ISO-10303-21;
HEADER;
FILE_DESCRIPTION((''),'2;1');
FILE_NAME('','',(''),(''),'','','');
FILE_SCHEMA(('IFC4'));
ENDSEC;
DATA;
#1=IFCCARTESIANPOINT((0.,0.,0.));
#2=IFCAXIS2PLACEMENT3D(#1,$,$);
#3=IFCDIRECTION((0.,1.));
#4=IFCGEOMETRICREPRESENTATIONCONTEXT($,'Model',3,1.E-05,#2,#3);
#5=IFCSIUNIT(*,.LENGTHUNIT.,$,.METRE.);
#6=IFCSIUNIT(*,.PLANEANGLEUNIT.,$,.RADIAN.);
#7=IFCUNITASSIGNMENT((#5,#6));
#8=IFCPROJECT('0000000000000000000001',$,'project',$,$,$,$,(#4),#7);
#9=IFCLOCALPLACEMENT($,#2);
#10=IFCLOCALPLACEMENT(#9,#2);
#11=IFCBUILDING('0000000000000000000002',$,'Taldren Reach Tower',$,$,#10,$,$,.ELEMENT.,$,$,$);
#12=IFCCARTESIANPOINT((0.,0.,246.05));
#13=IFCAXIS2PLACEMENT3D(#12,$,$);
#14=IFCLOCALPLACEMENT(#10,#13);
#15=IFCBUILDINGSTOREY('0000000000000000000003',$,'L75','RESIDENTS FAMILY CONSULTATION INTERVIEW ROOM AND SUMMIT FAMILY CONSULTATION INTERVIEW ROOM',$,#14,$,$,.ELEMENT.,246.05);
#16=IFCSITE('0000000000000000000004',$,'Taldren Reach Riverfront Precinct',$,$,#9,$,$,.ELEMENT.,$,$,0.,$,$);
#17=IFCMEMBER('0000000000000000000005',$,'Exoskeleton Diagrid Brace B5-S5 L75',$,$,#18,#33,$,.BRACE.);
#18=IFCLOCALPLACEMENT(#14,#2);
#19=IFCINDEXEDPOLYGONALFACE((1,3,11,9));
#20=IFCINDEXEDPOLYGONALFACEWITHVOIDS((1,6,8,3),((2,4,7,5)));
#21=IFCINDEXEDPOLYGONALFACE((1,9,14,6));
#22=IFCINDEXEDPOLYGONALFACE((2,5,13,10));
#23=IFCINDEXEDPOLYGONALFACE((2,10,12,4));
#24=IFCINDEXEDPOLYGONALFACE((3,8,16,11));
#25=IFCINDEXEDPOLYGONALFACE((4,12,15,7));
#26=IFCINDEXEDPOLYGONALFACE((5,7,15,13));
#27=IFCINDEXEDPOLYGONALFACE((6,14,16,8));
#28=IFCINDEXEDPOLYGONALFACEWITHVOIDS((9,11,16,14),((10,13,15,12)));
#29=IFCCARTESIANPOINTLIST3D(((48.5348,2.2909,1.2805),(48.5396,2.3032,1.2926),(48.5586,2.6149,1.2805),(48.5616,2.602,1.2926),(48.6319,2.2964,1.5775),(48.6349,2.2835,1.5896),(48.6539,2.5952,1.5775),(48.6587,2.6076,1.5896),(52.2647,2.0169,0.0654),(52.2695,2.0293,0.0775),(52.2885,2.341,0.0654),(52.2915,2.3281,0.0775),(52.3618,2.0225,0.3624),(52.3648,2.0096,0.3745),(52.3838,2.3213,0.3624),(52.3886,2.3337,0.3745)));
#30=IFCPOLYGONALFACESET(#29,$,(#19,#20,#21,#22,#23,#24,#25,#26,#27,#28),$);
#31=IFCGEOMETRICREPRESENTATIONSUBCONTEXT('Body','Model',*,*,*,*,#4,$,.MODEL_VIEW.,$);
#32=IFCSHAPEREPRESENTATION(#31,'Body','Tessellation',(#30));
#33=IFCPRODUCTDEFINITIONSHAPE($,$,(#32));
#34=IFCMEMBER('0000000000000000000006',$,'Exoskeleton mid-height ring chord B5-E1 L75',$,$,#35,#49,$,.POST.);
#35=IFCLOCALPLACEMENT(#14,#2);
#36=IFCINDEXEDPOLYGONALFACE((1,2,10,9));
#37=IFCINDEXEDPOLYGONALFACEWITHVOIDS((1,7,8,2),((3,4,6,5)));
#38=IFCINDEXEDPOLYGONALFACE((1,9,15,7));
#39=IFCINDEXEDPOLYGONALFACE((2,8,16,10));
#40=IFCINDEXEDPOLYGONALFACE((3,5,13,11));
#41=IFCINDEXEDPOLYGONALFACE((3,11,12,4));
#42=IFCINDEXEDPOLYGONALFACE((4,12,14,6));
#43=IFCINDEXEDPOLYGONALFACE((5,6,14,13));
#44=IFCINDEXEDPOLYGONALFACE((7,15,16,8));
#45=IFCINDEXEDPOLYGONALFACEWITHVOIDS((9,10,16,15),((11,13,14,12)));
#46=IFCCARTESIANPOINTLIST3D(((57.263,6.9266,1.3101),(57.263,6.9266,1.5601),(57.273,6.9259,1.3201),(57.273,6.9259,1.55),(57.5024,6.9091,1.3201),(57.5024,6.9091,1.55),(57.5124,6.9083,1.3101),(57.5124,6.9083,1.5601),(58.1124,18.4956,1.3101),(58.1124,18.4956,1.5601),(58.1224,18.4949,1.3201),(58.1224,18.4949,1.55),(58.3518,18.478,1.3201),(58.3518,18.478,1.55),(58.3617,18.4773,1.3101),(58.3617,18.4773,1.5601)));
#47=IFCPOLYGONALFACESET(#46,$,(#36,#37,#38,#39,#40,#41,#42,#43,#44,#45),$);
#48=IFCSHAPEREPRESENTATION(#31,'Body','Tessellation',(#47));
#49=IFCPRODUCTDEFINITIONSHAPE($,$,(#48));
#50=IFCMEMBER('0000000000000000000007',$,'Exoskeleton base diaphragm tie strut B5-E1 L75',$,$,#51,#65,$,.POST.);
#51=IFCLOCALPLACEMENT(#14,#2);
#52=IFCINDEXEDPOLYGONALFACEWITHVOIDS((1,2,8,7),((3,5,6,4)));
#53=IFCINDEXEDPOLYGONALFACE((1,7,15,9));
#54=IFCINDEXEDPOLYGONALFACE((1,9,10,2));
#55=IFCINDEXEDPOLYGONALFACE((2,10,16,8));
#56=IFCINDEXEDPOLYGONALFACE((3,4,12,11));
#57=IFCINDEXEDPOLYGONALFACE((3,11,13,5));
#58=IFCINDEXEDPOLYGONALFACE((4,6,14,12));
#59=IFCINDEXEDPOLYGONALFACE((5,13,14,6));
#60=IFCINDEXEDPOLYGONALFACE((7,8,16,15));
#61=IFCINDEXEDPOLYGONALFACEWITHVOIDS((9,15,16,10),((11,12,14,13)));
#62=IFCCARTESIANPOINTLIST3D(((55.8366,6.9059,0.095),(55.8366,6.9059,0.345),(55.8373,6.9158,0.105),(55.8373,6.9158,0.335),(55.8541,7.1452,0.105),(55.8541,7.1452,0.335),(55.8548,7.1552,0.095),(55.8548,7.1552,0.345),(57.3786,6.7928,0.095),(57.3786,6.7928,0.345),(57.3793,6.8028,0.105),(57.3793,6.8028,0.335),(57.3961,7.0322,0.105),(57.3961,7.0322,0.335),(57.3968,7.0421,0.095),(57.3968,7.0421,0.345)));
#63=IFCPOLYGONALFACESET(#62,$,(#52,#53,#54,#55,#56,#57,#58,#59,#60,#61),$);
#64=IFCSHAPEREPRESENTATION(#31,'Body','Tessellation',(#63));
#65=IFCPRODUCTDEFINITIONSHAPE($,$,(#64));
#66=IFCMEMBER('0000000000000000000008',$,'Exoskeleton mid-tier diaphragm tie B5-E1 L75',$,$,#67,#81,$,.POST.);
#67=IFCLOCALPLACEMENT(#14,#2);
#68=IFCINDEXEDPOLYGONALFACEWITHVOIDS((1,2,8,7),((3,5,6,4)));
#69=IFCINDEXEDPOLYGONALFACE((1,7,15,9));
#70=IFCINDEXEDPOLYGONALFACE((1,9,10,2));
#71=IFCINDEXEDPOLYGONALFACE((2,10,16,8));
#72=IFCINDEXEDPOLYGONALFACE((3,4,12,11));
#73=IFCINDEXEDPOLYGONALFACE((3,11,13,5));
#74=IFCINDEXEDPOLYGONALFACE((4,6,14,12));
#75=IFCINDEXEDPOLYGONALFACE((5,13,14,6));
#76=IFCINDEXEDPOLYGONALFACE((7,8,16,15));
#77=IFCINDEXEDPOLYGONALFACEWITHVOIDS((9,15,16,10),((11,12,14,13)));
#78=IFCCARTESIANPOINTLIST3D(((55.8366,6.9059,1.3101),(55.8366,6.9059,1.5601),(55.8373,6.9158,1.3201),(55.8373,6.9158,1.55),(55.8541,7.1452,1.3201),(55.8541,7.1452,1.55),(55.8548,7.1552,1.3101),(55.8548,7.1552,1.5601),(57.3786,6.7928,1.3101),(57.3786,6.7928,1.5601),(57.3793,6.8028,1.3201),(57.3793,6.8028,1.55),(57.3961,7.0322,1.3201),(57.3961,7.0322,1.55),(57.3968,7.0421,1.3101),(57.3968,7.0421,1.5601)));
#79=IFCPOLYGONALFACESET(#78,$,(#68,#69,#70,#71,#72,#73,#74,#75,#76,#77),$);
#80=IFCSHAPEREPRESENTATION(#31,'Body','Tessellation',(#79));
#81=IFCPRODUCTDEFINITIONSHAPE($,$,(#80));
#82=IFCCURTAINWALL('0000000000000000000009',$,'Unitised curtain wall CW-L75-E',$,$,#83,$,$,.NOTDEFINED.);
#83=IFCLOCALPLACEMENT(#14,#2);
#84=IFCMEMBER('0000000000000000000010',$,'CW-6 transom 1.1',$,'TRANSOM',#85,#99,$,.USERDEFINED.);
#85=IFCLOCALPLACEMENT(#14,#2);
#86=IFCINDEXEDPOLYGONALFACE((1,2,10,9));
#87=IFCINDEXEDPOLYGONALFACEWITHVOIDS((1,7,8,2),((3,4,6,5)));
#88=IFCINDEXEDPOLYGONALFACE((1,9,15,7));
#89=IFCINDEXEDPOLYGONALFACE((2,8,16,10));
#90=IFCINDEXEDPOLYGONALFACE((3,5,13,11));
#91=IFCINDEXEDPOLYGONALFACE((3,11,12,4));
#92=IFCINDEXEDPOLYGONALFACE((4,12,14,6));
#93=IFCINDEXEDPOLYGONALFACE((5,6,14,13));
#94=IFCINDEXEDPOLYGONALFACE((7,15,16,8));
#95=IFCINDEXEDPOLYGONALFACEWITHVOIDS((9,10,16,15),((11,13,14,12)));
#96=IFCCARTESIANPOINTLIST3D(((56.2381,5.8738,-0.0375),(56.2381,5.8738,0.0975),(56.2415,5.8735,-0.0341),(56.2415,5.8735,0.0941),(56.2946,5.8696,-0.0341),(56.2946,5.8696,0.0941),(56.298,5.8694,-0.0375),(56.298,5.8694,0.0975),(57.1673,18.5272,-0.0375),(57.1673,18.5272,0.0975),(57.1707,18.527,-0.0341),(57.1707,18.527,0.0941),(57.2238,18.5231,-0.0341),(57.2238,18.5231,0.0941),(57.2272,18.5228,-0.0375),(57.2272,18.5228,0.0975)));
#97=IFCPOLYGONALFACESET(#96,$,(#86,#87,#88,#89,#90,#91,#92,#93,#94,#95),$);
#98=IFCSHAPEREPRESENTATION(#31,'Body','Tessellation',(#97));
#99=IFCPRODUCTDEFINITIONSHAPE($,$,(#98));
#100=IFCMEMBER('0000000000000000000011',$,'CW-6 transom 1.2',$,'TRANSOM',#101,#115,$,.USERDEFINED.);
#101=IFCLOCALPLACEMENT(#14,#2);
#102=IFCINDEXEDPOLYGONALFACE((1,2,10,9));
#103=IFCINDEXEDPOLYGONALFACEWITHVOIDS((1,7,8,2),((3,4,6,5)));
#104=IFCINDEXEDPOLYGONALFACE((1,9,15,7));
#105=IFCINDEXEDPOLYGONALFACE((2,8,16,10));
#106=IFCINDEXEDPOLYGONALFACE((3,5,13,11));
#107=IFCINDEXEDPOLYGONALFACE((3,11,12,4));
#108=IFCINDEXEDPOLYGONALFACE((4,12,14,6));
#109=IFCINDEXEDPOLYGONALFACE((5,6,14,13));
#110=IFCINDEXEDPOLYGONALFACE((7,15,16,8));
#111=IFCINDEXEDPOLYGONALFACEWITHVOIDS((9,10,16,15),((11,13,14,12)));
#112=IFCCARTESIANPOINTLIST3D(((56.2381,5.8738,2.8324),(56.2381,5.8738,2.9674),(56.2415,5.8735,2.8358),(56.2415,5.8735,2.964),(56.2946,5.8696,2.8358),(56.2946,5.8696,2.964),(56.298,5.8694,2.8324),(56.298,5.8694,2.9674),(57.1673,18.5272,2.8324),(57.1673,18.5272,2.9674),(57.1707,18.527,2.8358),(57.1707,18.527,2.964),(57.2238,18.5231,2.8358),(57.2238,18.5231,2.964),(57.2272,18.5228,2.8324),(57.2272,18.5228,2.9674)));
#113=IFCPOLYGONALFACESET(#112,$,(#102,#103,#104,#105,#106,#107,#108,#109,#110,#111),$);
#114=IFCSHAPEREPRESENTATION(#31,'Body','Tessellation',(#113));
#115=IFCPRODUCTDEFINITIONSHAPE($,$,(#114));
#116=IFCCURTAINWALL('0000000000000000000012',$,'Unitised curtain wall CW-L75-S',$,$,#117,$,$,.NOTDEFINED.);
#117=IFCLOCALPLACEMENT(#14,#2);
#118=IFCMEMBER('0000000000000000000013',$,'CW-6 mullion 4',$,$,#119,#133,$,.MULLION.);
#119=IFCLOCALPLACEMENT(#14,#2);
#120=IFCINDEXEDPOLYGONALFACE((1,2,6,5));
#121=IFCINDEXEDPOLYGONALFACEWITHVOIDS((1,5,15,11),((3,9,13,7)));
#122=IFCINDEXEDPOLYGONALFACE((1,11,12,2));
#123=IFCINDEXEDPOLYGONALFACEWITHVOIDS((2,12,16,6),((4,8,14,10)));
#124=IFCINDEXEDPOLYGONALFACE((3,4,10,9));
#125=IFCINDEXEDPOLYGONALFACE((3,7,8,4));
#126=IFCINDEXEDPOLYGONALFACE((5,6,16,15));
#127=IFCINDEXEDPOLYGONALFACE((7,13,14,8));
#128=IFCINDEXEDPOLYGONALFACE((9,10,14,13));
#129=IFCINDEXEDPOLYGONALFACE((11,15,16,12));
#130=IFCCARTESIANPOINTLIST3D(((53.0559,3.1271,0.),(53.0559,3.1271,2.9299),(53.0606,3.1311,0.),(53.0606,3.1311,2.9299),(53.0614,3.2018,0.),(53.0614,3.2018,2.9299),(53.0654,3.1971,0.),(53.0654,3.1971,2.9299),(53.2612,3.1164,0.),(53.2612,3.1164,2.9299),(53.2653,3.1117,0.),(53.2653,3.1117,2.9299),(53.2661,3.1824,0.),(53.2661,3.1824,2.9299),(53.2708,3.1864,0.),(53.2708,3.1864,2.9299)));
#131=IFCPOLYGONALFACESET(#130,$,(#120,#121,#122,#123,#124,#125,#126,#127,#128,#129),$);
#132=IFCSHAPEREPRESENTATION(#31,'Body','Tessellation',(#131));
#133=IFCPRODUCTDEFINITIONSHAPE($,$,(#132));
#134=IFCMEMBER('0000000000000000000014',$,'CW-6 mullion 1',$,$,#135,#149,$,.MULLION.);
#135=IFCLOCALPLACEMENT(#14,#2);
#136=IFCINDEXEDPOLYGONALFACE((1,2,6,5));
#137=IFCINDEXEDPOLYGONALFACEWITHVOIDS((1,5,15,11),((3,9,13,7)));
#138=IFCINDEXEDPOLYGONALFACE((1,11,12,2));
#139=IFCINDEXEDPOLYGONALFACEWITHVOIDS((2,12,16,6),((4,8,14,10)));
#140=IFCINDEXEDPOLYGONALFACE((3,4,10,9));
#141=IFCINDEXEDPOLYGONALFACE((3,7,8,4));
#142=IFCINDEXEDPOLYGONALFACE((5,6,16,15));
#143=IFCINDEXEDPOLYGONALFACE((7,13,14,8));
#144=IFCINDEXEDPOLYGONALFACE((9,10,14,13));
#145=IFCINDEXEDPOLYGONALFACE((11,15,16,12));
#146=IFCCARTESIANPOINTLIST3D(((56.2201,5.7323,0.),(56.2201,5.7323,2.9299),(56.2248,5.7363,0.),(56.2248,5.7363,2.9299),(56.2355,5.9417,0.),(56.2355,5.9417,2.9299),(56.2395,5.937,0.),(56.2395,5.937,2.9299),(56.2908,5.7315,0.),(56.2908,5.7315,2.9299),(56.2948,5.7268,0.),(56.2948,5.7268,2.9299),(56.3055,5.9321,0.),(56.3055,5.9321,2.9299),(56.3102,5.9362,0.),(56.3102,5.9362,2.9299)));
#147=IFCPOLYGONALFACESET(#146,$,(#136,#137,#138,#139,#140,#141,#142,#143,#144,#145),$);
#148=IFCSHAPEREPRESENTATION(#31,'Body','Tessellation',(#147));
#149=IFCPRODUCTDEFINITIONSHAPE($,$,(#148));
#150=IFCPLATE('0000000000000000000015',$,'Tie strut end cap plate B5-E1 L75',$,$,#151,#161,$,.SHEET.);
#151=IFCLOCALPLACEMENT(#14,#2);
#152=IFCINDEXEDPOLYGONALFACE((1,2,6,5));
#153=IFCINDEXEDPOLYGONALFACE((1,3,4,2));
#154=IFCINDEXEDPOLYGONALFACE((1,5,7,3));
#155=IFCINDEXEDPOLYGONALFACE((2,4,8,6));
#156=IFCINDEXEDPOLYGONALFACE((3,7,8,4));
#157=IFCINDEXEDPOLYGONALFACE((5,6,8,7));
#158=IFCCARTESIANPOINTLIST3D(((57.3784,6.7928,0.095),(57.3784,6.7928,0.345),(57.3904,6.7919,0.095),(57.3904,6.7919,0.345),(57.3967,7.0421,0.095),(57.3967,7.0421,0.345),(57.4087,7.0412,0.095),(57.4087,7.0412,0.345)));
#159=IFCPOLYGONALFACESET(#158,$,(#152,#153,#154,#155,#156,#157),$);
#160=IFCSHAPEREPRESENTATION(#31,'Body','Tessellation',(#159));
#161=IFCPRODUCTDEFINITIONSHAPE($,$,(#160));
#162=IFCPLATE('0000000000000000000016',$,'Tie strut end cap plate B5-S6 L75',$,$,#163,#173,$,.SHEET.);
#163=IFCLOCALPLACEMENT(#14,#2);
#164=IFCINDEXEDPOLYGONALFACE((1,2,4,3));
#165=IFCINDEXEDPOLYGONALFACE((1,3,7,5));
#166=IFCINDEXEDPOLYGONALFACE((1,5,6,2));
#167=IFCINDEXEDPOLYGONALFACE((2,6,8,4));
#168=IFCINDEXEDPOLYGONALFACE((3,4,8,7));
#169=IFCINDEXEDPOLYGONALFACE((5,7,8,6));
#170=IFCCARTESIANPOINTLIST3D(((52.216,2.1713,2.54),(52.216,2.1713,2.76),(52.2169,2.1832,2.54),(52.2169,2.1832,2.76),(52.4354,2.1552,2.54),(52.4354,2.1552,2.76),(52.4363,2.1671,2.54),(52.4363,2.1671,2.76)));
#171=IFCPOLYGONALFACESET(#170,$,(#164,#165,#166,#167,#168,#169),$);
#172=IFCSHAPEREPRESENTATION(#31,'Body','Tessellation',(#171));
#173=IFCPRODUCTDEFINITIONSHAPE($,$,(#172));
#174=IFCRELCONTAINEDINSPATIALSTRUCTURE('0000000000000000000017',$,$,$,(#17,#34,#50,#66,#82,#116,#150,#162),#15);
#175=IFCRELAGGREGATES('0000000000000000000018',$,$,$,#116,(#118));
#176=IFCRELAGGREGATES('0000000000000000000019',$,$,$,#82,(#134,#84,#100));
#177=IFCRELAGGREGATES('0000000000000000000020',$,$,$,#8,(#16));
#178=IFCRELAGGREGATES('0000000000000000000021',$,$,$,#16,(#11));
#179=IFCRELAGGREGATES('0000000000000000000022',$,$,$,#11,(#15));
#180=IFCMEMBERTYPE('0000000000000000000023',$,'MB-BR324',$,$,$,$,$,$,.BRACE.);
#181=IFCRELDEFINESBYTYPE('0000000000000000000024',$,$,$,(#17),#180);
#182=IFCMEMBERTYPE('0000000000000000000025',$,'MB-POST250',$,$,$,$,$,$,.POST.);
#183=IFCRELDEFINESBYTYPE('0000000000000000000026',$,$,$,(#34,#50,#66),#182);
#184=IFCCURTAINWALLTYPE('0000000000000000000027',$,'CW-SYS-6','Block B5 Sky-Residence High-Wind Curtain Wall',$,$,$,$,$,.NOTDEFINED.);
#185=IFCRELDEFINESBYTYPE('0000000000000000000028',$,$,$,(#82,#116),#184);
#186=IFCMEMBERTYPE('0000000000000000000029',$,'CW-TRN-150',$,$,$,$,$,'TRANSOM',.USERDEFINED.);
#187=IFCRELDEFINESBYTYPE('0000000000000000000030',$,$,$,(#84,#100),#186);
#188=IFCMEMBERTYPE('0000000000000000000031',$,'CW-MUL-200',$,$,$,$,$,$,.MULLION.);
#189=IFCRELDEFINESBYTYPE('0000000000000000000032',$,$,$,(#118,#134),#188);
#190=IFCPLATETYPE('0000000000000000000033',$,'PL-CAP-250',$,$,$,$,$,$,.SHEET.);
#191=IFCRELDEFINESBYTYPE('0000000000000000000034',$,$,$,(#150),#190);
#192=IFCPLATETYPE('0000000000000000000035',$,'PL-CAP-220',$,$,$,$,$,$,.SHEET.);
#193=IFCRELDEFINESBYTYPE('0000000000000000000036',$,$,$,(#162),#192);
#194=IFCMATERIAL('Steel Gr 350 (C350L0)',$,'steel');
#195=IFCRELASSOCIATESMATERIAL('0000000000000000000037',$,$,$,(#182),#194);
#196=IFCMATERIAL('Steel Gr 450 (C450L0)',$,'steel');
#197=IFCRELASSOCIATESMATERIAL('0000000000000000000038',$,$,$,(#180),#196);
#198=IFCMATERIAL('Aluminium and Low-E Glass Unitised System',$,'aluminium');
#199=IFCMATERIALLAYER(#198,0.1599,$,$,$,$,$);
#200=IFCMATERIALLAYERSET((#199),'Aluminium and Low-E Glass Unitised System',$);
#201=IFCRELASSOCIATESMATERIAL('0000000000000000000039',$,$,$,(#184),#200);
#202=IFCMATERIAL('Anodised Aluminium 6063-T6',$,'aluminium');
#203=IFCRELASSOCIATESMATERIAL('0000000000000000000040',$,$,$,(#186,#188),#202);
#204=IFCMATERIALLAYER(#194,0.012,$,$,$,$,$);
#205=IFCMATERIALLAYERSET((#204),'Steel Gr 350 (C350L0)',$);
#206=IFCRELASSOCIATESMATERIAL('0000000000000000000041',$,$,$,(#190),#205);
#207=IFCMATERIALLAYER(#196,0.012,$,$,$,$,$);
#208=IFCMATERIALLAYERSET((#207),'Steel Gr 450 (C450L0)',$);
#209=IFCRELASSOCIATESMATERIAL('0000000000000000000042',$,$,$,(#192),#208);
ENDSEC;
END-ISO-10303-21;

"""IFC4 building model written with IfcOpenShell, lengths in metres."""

from ifc_helpers import new_model, si_unit, direction, frame, origin, origin_2d, place, context, subcontext, project, spatial, rectangle, hollow_rectangle, extrude, source, transform, mapped, material, layer, layer_set, material_profile, profile_set, type_object, element, aggregate, save


model = new_model("IFC4")

# Units and contexts
model_context = context("Model", 3, precision=1e-05, world=origin(), true_north=direction((0.0, 1.0)))
body_context = subcontext(model_context, "Body", "Model", "MODEL_VIEW")
ifc_project = project(units=[si_unit("LENGTHUNIT", "METRE"), si_unit("PLANEANGLEUNIT", "RADIAN")], contexts=[model_context])

# Site, building, storey
site_placement = place(None, origin())
site = spatial("IfcSite", under=ifc_project, at=site_placement, Name="Taldren Reach Riverfront Precinct", CompositionType="ELEMENT", RefElevation=0.0)
building_placement = place(site_placement, origin())
building = spatial("IfcBuilding", under=site, at=building_placement, Name="Taldren Reach Tower", CompositionType="ELEMENT")
storey_placement = place(building_placement, frame((0.0, 0.0, 246.05)))
storey = spatial("IfcBuildingStorey", under=building, at=storey_placement, Name="L75", Description="RESIDENTS FAMILY CONSULTATION INTERVIEW ROOM AND SUMMIT FAMILY CONSULTATION INTERVIEW ROOM", CompositionType="ELEMENT", Elevation=246.05)

# Shared definitions
ifc_material_1 = material(Name="Steel Gr 350 (C350L0)", Category="steel")

# Shared definitions
ifc_material_profile_1 = material_profile(ifc_material_1, hollow_rectangle(XDim=0.25, YDim=0.25, WallThickness=0.01, at=origin_2d()), Name="250x250x10.0SHS")
ifc_profile_set_1 = profile_set([ifc_material_profile_1], Name="Steel Gr 350 (C350L0)")
member_type_1 = type_object("IfcMemberType", Name="MB-POST250", PredefinedType="POST", material=ifc_profile_set_1)
ifc_material_2 = material(Name="Steel Gr 450 (C450L0)", Category="steel")

# Members
ifc_material_profile_2 = material_profile(ifc_material_2, hollow_rectangle(XDim=0.325, YDim=0.325, WallThickness=0.0127, at=origin_2d()), Name="325x325x12.7SHS")
ifc_profile_set_2 = profile_set([ifc_material_profile_2], Name="Steel Gr 450 (C450L0)")
member_type_2 = type_object("IfcMemberType", Name="MB-BR324", PredefinedType="BRACE", material=ifc_profile_set_2)
shared_shape_1 = source(origin(), body_context, "Body", "SweptSolid", [
    extrude(hollow_rectangle(XDim=0.325, YDim=0.325, WallThickness=0.0127, at=origin_2d()), origin(), (0.0, 0.0, 1.0), 3.9324),
])
member_1_placement = place(storey_placement, frame((52.3267, 2.1753, 0.22), z_axis=(-0.948511, 0.069658, 0.308989), x_axis=(-0.073242, -0.997314, 0.0)))
element("IfcMember", 1, at=member_1_placement, inside=storey, type_object=member_type_2, Name="Exoskeleton Diagrid Brace B5-S5 L75", PredefinedType="BRACE", context=body_context, shape_type="MappedRepresentation", body=[
    mapped(shared_shape_1, transform((0.0, 0.0, 0.0), scale=1.0)),
])
shared_shape_2 = source(origin(), body_context, "Body", "SweptSolid", [
    extrude(hollow_rectangle(XDim=0.25, YDim=0.25, WallThickness=0.01, at=origin_2d()), origin(), (0.0, 0.0, 1.0), 11.6001),
])
member_2_placement = place(storey_placement, frame((57.3877, 6.9175, 1.4351), z_axis=(0.073221, 0.997316, 0.0), x_axis=(-0.997316, 0.073221, 0.0)))
element("IfcMember", 2, at=member_2_placement, inside=storey, type_object=member_type_1, Name="Exoskeleton mid-height ring chord B5-E1 L75", PredefinedType="POST", context=body_context, shape_type="MappedRepresentation", body=[
    mapped(shared_shape_2, transform((0.0, 0.0, 0.0), scale=1.0)),
])
shared_shape_3 = source(origin(), body_context, "Body", "SweptSolid", [
    extrude(hollow_rectangle(XDim=0.25, YDim=0.25, WallThickness=0.01, at=origin_2d()), origin(), (0.0, 0.0, 1.0), 1.5461),
])
for number, where, z_axis, x_axis, name in (
    (3, (55.8457, 7.0305, 0.22), (0.997324, -0.07311, 0.0), (0.07311, 0.997324, 0.0), "Exoskeleton base diaphragm tie strut B5-E1 L75"),
    (4, (55.8457, 7.0305, 1.4351), (0.997324, -0.07311, 0.0), (0.07311, 0.997324, 0.0), "Exoskeleton mid-tier diaphragm tie B5-E1 L75"),
):
    element("IfcMember", number, at=place(storey_placement, frame(where, z_axis=z_axis, x_axis=x_axis)), inside=storey, type_object=member_type_1, Name=name, PredefinedType="POST", context=body_context, shape_type="MappedRepresentation", body=[
        mapped(shared_shape_3, transform((0.0, 0.0, 0.0), scale=1.0)),
    ])

# Curtain wall, members
ifc_material_3 = material(Name="Aluminium and Low-E Glass Unitised System", Category="aluminium")
ifc_layer_1 = layer(ifc_material_3, 0.1599)
ifc_layer_set_1 = layer_set([ifc_layer_1], Name="Aluminium and Low-E Glass Unitised System")
curtain_wall_type = type_object("IfcCurtainWallType", Name="CW-SYS-6", Description="Block B5 Sky-Residence High-Wind Curtain Wall", PredefinedType="NOTDEFINED", material=ifc_layer_set_1)
curtain_wall_1_placement = place(storey_placement, origin())
curtain_wall_1 = element("IfcCurtainWall", 5, at=curtain_wall_1_placement, inside=storey, type_object=curtain_wall_type, Name="Unitised curtain wall CW-L75-E", PredefinedType="NOTDEFINED")
ifc_material_4 = material(Name="Anodised Aluminium 6063-T6", Category="aluminium")
ifc_material_profile_3 = material_profile(ifc_material_4, hollow_rectangle(XDim=0.0601, YDim=0.135, WallThickness=0.0034, at=origin_2d()), Name="ALU-135x60x3.5RHS")
ifc_profile_set_3 = profile_set([ifc_material_profile_3], Name="Anodised Aluminium 6063-T6")
member_type_3 = type_object("IfcMemberType", Name="CW-TRN-150", ElementType="TRANSOM", PredefinedType="USERDEFINED", material=ifc_profile_set_3)
shared_shape_4 = source(origin(), body_context, "Body", "SweptSolid", [
    extrude(hollow_rectangle(XDim=0.0601, YDim=0.135, WallThickness=0.0034, at=origin_2d()), origin(), (0.0, 0.0, 1.0), 12.6875),
])
member_3_placement = place(storey_placement, frame((56.2681, 5.8716, 0.03), z_axis=(0.073238, 0.997314, 0.0), x_axis=(-0.997314, 0.073238, 0.0)))
member_3 = element("IfcMember", 6, at=member_3_placement, type_object=member_type_3, Name="CW-6 transom 1.1", ObjectType="TRANSOM", PredefinedType="USERDEFINED", context=body_context, shape_type="MappedRepresentation", body=[
    mapped(shared_shape_4, transform((0.0, 0.0, 0.0), scale=1.0)),
])
member_4_placement = place(storey_placement, frame((56.2681, 5.8716, 2.8999), z_axis=(0.073238, 0.997314, 0.0), x_axis=(-0.997314, 0.073238, 0.0)))
member_4 = element("IfcMember", 7, at=member_4_placement, type_object=member_type_3, Name="CW-6 transom 1.2", ObjectType="TRANSOM", PredefinedType="USERDEFINED", context=body_context, shape_type="MappedRepresentation", body=[
    mapped(shared_shape_4, transform((0.0, 0.0, 0.0), scale=1.0)),
])

# Curtain wall, member
curtain_wall_2_placement = place(storey_placement, origin())
curtain_wall_2 = element("IfcCurtainWall", 8, at=curtain_wall_2_placement, inside=storey, type_object=curtain_wall_type, Name="Unitised curtain wall CW-L75-S", PredefinedType="NOTDEFINED")
ifc_material_profile_4 = material_profile(ifc_material_4, hollow_rectangle(XDim=0.075, YDim=0.21, WallThickness=0.0044, at=origin_2d()), Name="ALU-210x75x4.5RHS")
ifc_profile_set_4 = profile_set([ifc_material_profile_4], Name="Anodised Aluminium 6063-T6")
member_type_4 = type_object("IfcMemberType", Name="CW-MUL-200", PredefinedType="MULLION", material=ifc_profile_set_4)
shared_shape_5 = source(origin(), body_context, "Body", "SweptSolid", [
    extrude(hollow_rectangle(XDim=0.075, YDim=0.21, WallThickness=0.0044, at=origin_2d()), origin(), (0.0, 0.0, 1.0), 2.9299),
])
member_5_placement = place(storey_placement, frame((53.1633, 3.1567, 0.0), z_axis=(0.0, 0.0, 1.0), x_axis=(0.073238, 0.997314, 0.0)))
member_5 = element("IfcMember", 9, at=member_5_placement, type_object=member_type_4, Name="CW-6 mullion 4", PredefinedType="MULLION", context=body_context, shape_type="MappedRepresentation", body=[
    mapped(shared_shape_5, transform((0.0, 0.0, 0.0), scale=1.0)),
])

# Member
member_6_placement = place(storey_placement, frame((56.2651, 5.8342, 0.0), z_axis=(0.0, 0.0, 1.0), x_axis=(-0.997314, 0.073238, 0.0)))
member_6 = element("IfcMember", 10, at=member_6_placement, type_object=member_type_4, Name="CW-6 mullion 1", PredefinedType="MULLION", context=body_context, shape_type="MappedRepresentation", body=[
    mapped(shared_shape_5, transform((0.0, 0.0, 0.0), scale=1.0)),
])

# Plates
ifc_layer_2 = layer(ifc_material_1, 0.012)
ifc_layer_set_2 = layer_set([ifc_layer_2], Name="Steel Gr 350 (C350L0)")
plate_type_1 = type_object("IfcPlateType", Name="PL-CAP-250", PredefinedType="SHEET", material=ifc_layer_set_2)
shared_shape_6 = source(origin(), body_context, "Body", "SweptSolid", [
    extrude(rectangle(XDim=0.012, YDim=0.25, at=origin_2d()), origin(), (0.0, 0.0, 1.0), 0.25),
])
plate_1_placement = place(storey_placement, frame((57.3936, 6.917, 0.095), z_axis=(0.0, 0.0, 1.0), x_axis=(0.997314, -0.073238, 0.0)))
element("IfcPlate", 11, at=plate_1_placement, inside=storey, type_object=plate_type_1, Name="Tie strut end cap plate B5-E1 L75", PredefinedType="SHEET", context=body_context, shape_type="MappedRepresentation", body=[
    mapped(shared_shape_6, transform((0.0, 0.0, 0.0), scale=1.0)),
])
ifc_layer_3 = layer(ifc_material_2, 0.012)
ifc_layer_set_3 = layer_set([ifc_layer_3], Name="Steel Gr 450 (C450L0)")
plate_type_2 = type_object("IfcPlateType", Name="PL-CAP-220", PredefinedType="SHEET", material=ifc_layer_set_3)
shared_shape_7 = source(origin(), body_context, "Body", "SweptSolid", [
    extrude(rectangle(XDim=0.22, YDim=0.012, at=origin_2d()), origin(), (0.0, 0.0, 1.0), 0.22),
])
plate_2_placement = place(storey_placement, frame((52.3262, 2.1692, 2.54), z_axis=(0.0, 0.0, 1.0), x_axis=(0.997314, -0.073238, 0.0)))
element("IfcPlate", 12, at=plate_2_placement, inside=storey, type_object=plate_type_2, Name="Tie strut end cap plate B5-S6 L75", PredefinedType="SHEET", context=body_context, shape_type="MappedRepresentation", body=[
    mapped(shared_shape_7, transform((0.0, 0.0, 0.0), scale=1.0)),
])

aggregate(curtain_wall_2, [member_5])
aggregate(curtain_wall_1, [member_6, member_3, member_4])

save(model, "model.ifc")
